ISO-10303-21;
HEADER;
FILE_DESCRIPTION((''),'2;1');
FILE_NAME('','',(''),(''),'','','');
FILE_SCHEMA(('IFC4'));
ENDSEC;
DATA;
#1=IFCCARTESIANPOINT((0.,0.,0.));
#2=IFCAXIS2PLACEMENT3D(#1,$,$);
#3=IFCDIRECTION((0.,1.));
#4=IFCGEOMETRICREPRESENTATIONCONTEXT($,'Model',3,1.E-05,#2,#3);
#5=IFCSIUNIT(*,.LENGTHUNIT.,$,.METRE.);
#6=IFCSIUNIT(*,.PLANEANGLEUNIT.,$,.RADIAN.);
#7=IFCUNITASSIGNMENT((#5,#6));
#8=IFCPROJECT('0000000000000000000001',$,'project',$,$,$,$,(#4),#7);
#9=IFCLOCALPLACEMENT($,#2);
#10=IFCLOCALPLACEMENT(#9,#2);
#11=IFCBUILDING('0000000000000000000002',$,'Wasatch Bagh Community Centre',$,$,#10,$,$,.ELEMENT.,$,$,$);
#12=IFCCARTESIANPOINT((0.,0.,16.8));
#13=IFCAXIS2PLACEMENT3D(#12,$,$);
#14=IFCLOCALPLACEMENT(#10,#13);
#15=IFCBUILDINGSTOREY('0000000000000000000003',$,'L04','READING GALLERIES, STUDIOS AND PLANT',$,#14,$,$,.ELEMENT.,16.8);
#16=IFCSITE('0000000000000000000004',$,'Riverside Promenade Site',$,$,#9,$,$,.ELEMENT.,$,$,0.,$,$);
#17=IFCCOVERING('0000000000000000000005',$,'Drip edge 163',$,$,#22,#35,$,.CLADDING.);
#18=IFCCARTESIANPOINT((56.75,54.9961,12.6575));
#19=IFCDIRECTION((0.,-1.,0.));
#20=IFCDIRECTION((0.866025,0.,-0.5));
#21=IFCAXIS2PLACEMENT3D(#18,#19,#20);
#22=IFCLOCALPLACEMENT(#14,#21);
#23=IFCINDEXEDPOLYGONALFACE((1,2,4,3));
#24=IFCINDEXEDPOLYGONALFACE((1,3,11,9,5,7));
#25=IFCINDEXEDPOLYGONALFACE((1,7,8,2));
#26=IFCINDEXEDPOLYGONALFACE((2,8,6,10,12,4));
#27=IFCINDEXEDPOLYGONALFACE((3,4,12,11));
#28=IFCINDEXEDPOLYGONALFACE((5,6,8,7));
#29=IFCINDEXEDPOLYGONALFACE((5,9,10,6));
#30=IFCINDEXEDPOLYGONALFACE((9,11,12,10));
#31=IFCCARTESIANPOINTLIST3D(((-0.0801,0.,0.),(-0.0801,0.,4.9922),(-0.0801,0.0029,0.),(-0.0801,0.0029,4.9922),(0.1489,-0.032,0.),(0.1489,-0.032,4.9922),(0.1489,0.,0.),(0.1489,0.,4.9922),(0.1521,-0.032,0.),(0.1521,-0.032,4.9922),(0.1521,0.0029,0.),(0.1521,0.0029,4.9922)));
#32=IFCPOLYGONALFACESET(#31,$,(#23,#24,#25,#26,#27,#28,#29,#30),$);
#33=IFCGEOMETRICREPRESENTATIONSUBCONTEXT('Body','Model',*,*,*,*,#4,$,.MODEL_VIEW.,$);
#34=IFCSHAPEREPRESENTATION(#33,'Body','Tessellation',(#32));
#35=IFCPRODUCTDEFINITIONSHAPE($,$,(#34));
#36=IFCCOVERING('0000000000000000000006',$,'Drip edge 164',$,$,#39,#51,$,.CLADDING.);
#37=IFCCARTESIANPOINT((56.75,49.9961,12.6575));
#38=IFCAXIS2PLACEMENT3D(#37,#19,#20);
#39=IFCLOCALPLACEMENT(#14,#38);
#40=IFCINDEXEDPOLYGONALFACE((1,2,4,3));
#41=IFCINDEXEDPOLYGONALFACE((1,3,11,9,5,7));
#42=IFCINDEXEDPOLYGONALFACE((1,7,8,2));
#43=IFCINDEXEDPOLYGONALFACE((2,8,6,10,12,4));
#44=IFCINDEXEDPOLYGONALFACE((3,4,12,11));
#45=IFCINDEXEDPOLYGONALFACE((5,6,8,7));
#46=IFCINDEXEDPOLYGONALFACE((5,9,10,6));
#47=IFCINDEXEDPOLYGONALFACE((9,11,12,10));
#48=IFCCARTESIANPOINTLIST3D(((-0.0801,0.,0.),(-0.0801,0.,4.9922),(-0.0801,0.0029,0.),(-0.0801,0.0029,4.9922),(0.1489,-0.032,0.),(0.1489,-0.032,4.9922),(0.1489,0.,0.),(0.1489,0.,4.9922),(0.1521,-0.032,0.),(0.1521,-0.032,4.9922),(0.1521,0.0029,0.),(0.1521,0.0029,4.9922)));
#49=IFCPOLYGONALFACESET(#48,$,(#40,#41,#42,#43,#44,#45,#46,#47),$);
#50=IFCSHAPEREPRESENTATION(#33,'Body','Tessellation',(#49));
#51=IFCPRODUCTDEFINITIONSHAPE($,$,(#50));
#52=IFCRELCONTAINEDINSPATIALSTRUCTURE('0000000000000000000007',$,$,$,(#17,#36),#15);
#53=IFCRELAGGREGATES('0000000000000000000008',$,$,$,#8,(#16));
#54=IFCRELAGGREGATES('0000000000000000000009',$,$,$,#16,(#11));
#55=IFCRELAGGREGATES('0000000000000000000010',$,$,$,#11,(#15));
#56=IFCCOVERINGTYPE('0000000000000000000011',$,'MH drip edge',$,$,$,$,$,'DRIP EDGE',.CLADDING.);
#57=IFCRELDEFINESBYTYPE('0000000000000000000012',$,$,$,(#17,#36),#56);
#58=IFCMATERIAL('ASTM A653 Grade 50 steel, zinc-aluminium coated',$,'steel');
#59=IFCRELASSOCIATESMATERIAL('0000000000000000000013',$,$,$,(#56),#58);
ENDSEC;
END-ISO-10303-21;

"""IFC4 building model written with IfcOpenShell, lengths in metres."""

from ifc_helpers import new_model, si_unit, direction, frame, origin, place, context, subcontext, project, spatial, polyline, outline, extrude, material, material_profile, profile_set, type_object, element, save


model = new_model("IFC4")

# Units and contexts
model_context = context("Model", 3, precision=1e-05, world=origin(), true_north=direction((0.0, 1.0)))
body_context = subcontext(model_context, "Body", "Model", "MODEL_VIEW")
ifc_project = project(units=[si_unit("LENGTHUNIT", "METRE"), si_unit("PLANEANGLEUNIT", "RADIAN")], contexts=[model_context])

# Site, building, storey
site_placement = place(None, origin())
site = spatial("IfcSite", under=ifc_project, at=site_placement, Name="Riverside Promenade Site", CompositionType="ELEMENT", RefElevation=0.0)
building_placement = place(site_placement, origin())
building = spatial("IfcBuilding", under=site, at=building_placement, Name="Wasatch Bagh Community Centre", CompositionType="ELEMENT")
storey_placement = place(building_placement, frame((0.0, 0.0, 16.8)))
storey = spatial("IfcBuildingStorey", under=building, at=storey_placement, Name="L04", Description="READING GALLERIES, STUDIOS AND PLANT", CompositionType="ELEMENT", Elevation=16.8)

# Coverings
ifc_material_1 = material(Name="ASTM A653 Grade 50 steel, zinc-aluminium coated", Category="steel")
ifc_material_profile_1 = material_profile(ifc_material_1, outline(polyline([(-0.0801, 0.0029), (0.1521, 0.0029), (0.1521, -0.032), (0.1489, -0.032), (0.1489, 0.0), (-0.0801, 0.0), (-0.0801, 0.0029)])), Name="DRIP EDGE")
ifc_profile_set_1 = profile_set([ifc_material_profile_1], Name="ASTM A653 Grade 50 steel, zinc-aluminium coated")
covering_type_1 = type_object("IfcCoveringType", Name="MH drip edge", ElementType="DRIP EDGE", PredefinedType="CLADDING", material=ifc_profile_set_1)
for number, where, z_axis, x_axis, name in (
    (1, (56.75, 54.9961, 12.6575), (0.0, -1.0, 0.0), (0.866025, 0.0, -0.5), "Drip edge 163"),
    (2, (56.75, 49.9961, 12.6575), (0.0, -1.0, 0.0), (0.866025, 0.0, -0.5), "Drip edge 164"),
):
    element("IfcCovering", number, at=place(storey_placement, frame(where, z_axis=z_axis, x_axis=x_axis)), inside=storey, type_object=covering_type_1, Name=name, PredefinedType="CLADDING", context=body_context, shape_type="SweptSolid", body=[
        extrude(outline(polyline([(-0.0801, 0.0029), (0.1521, 0.0029), (0.1521, -0.032), (0.1489, -0.032), (0.1489, 0.0), (-0.0801, 0.0), (-0.0801, 0.0029)])), origin(), (0.0, 0.0, 1.0), 4.9922),
    ])

save(model, "model.ifc")
